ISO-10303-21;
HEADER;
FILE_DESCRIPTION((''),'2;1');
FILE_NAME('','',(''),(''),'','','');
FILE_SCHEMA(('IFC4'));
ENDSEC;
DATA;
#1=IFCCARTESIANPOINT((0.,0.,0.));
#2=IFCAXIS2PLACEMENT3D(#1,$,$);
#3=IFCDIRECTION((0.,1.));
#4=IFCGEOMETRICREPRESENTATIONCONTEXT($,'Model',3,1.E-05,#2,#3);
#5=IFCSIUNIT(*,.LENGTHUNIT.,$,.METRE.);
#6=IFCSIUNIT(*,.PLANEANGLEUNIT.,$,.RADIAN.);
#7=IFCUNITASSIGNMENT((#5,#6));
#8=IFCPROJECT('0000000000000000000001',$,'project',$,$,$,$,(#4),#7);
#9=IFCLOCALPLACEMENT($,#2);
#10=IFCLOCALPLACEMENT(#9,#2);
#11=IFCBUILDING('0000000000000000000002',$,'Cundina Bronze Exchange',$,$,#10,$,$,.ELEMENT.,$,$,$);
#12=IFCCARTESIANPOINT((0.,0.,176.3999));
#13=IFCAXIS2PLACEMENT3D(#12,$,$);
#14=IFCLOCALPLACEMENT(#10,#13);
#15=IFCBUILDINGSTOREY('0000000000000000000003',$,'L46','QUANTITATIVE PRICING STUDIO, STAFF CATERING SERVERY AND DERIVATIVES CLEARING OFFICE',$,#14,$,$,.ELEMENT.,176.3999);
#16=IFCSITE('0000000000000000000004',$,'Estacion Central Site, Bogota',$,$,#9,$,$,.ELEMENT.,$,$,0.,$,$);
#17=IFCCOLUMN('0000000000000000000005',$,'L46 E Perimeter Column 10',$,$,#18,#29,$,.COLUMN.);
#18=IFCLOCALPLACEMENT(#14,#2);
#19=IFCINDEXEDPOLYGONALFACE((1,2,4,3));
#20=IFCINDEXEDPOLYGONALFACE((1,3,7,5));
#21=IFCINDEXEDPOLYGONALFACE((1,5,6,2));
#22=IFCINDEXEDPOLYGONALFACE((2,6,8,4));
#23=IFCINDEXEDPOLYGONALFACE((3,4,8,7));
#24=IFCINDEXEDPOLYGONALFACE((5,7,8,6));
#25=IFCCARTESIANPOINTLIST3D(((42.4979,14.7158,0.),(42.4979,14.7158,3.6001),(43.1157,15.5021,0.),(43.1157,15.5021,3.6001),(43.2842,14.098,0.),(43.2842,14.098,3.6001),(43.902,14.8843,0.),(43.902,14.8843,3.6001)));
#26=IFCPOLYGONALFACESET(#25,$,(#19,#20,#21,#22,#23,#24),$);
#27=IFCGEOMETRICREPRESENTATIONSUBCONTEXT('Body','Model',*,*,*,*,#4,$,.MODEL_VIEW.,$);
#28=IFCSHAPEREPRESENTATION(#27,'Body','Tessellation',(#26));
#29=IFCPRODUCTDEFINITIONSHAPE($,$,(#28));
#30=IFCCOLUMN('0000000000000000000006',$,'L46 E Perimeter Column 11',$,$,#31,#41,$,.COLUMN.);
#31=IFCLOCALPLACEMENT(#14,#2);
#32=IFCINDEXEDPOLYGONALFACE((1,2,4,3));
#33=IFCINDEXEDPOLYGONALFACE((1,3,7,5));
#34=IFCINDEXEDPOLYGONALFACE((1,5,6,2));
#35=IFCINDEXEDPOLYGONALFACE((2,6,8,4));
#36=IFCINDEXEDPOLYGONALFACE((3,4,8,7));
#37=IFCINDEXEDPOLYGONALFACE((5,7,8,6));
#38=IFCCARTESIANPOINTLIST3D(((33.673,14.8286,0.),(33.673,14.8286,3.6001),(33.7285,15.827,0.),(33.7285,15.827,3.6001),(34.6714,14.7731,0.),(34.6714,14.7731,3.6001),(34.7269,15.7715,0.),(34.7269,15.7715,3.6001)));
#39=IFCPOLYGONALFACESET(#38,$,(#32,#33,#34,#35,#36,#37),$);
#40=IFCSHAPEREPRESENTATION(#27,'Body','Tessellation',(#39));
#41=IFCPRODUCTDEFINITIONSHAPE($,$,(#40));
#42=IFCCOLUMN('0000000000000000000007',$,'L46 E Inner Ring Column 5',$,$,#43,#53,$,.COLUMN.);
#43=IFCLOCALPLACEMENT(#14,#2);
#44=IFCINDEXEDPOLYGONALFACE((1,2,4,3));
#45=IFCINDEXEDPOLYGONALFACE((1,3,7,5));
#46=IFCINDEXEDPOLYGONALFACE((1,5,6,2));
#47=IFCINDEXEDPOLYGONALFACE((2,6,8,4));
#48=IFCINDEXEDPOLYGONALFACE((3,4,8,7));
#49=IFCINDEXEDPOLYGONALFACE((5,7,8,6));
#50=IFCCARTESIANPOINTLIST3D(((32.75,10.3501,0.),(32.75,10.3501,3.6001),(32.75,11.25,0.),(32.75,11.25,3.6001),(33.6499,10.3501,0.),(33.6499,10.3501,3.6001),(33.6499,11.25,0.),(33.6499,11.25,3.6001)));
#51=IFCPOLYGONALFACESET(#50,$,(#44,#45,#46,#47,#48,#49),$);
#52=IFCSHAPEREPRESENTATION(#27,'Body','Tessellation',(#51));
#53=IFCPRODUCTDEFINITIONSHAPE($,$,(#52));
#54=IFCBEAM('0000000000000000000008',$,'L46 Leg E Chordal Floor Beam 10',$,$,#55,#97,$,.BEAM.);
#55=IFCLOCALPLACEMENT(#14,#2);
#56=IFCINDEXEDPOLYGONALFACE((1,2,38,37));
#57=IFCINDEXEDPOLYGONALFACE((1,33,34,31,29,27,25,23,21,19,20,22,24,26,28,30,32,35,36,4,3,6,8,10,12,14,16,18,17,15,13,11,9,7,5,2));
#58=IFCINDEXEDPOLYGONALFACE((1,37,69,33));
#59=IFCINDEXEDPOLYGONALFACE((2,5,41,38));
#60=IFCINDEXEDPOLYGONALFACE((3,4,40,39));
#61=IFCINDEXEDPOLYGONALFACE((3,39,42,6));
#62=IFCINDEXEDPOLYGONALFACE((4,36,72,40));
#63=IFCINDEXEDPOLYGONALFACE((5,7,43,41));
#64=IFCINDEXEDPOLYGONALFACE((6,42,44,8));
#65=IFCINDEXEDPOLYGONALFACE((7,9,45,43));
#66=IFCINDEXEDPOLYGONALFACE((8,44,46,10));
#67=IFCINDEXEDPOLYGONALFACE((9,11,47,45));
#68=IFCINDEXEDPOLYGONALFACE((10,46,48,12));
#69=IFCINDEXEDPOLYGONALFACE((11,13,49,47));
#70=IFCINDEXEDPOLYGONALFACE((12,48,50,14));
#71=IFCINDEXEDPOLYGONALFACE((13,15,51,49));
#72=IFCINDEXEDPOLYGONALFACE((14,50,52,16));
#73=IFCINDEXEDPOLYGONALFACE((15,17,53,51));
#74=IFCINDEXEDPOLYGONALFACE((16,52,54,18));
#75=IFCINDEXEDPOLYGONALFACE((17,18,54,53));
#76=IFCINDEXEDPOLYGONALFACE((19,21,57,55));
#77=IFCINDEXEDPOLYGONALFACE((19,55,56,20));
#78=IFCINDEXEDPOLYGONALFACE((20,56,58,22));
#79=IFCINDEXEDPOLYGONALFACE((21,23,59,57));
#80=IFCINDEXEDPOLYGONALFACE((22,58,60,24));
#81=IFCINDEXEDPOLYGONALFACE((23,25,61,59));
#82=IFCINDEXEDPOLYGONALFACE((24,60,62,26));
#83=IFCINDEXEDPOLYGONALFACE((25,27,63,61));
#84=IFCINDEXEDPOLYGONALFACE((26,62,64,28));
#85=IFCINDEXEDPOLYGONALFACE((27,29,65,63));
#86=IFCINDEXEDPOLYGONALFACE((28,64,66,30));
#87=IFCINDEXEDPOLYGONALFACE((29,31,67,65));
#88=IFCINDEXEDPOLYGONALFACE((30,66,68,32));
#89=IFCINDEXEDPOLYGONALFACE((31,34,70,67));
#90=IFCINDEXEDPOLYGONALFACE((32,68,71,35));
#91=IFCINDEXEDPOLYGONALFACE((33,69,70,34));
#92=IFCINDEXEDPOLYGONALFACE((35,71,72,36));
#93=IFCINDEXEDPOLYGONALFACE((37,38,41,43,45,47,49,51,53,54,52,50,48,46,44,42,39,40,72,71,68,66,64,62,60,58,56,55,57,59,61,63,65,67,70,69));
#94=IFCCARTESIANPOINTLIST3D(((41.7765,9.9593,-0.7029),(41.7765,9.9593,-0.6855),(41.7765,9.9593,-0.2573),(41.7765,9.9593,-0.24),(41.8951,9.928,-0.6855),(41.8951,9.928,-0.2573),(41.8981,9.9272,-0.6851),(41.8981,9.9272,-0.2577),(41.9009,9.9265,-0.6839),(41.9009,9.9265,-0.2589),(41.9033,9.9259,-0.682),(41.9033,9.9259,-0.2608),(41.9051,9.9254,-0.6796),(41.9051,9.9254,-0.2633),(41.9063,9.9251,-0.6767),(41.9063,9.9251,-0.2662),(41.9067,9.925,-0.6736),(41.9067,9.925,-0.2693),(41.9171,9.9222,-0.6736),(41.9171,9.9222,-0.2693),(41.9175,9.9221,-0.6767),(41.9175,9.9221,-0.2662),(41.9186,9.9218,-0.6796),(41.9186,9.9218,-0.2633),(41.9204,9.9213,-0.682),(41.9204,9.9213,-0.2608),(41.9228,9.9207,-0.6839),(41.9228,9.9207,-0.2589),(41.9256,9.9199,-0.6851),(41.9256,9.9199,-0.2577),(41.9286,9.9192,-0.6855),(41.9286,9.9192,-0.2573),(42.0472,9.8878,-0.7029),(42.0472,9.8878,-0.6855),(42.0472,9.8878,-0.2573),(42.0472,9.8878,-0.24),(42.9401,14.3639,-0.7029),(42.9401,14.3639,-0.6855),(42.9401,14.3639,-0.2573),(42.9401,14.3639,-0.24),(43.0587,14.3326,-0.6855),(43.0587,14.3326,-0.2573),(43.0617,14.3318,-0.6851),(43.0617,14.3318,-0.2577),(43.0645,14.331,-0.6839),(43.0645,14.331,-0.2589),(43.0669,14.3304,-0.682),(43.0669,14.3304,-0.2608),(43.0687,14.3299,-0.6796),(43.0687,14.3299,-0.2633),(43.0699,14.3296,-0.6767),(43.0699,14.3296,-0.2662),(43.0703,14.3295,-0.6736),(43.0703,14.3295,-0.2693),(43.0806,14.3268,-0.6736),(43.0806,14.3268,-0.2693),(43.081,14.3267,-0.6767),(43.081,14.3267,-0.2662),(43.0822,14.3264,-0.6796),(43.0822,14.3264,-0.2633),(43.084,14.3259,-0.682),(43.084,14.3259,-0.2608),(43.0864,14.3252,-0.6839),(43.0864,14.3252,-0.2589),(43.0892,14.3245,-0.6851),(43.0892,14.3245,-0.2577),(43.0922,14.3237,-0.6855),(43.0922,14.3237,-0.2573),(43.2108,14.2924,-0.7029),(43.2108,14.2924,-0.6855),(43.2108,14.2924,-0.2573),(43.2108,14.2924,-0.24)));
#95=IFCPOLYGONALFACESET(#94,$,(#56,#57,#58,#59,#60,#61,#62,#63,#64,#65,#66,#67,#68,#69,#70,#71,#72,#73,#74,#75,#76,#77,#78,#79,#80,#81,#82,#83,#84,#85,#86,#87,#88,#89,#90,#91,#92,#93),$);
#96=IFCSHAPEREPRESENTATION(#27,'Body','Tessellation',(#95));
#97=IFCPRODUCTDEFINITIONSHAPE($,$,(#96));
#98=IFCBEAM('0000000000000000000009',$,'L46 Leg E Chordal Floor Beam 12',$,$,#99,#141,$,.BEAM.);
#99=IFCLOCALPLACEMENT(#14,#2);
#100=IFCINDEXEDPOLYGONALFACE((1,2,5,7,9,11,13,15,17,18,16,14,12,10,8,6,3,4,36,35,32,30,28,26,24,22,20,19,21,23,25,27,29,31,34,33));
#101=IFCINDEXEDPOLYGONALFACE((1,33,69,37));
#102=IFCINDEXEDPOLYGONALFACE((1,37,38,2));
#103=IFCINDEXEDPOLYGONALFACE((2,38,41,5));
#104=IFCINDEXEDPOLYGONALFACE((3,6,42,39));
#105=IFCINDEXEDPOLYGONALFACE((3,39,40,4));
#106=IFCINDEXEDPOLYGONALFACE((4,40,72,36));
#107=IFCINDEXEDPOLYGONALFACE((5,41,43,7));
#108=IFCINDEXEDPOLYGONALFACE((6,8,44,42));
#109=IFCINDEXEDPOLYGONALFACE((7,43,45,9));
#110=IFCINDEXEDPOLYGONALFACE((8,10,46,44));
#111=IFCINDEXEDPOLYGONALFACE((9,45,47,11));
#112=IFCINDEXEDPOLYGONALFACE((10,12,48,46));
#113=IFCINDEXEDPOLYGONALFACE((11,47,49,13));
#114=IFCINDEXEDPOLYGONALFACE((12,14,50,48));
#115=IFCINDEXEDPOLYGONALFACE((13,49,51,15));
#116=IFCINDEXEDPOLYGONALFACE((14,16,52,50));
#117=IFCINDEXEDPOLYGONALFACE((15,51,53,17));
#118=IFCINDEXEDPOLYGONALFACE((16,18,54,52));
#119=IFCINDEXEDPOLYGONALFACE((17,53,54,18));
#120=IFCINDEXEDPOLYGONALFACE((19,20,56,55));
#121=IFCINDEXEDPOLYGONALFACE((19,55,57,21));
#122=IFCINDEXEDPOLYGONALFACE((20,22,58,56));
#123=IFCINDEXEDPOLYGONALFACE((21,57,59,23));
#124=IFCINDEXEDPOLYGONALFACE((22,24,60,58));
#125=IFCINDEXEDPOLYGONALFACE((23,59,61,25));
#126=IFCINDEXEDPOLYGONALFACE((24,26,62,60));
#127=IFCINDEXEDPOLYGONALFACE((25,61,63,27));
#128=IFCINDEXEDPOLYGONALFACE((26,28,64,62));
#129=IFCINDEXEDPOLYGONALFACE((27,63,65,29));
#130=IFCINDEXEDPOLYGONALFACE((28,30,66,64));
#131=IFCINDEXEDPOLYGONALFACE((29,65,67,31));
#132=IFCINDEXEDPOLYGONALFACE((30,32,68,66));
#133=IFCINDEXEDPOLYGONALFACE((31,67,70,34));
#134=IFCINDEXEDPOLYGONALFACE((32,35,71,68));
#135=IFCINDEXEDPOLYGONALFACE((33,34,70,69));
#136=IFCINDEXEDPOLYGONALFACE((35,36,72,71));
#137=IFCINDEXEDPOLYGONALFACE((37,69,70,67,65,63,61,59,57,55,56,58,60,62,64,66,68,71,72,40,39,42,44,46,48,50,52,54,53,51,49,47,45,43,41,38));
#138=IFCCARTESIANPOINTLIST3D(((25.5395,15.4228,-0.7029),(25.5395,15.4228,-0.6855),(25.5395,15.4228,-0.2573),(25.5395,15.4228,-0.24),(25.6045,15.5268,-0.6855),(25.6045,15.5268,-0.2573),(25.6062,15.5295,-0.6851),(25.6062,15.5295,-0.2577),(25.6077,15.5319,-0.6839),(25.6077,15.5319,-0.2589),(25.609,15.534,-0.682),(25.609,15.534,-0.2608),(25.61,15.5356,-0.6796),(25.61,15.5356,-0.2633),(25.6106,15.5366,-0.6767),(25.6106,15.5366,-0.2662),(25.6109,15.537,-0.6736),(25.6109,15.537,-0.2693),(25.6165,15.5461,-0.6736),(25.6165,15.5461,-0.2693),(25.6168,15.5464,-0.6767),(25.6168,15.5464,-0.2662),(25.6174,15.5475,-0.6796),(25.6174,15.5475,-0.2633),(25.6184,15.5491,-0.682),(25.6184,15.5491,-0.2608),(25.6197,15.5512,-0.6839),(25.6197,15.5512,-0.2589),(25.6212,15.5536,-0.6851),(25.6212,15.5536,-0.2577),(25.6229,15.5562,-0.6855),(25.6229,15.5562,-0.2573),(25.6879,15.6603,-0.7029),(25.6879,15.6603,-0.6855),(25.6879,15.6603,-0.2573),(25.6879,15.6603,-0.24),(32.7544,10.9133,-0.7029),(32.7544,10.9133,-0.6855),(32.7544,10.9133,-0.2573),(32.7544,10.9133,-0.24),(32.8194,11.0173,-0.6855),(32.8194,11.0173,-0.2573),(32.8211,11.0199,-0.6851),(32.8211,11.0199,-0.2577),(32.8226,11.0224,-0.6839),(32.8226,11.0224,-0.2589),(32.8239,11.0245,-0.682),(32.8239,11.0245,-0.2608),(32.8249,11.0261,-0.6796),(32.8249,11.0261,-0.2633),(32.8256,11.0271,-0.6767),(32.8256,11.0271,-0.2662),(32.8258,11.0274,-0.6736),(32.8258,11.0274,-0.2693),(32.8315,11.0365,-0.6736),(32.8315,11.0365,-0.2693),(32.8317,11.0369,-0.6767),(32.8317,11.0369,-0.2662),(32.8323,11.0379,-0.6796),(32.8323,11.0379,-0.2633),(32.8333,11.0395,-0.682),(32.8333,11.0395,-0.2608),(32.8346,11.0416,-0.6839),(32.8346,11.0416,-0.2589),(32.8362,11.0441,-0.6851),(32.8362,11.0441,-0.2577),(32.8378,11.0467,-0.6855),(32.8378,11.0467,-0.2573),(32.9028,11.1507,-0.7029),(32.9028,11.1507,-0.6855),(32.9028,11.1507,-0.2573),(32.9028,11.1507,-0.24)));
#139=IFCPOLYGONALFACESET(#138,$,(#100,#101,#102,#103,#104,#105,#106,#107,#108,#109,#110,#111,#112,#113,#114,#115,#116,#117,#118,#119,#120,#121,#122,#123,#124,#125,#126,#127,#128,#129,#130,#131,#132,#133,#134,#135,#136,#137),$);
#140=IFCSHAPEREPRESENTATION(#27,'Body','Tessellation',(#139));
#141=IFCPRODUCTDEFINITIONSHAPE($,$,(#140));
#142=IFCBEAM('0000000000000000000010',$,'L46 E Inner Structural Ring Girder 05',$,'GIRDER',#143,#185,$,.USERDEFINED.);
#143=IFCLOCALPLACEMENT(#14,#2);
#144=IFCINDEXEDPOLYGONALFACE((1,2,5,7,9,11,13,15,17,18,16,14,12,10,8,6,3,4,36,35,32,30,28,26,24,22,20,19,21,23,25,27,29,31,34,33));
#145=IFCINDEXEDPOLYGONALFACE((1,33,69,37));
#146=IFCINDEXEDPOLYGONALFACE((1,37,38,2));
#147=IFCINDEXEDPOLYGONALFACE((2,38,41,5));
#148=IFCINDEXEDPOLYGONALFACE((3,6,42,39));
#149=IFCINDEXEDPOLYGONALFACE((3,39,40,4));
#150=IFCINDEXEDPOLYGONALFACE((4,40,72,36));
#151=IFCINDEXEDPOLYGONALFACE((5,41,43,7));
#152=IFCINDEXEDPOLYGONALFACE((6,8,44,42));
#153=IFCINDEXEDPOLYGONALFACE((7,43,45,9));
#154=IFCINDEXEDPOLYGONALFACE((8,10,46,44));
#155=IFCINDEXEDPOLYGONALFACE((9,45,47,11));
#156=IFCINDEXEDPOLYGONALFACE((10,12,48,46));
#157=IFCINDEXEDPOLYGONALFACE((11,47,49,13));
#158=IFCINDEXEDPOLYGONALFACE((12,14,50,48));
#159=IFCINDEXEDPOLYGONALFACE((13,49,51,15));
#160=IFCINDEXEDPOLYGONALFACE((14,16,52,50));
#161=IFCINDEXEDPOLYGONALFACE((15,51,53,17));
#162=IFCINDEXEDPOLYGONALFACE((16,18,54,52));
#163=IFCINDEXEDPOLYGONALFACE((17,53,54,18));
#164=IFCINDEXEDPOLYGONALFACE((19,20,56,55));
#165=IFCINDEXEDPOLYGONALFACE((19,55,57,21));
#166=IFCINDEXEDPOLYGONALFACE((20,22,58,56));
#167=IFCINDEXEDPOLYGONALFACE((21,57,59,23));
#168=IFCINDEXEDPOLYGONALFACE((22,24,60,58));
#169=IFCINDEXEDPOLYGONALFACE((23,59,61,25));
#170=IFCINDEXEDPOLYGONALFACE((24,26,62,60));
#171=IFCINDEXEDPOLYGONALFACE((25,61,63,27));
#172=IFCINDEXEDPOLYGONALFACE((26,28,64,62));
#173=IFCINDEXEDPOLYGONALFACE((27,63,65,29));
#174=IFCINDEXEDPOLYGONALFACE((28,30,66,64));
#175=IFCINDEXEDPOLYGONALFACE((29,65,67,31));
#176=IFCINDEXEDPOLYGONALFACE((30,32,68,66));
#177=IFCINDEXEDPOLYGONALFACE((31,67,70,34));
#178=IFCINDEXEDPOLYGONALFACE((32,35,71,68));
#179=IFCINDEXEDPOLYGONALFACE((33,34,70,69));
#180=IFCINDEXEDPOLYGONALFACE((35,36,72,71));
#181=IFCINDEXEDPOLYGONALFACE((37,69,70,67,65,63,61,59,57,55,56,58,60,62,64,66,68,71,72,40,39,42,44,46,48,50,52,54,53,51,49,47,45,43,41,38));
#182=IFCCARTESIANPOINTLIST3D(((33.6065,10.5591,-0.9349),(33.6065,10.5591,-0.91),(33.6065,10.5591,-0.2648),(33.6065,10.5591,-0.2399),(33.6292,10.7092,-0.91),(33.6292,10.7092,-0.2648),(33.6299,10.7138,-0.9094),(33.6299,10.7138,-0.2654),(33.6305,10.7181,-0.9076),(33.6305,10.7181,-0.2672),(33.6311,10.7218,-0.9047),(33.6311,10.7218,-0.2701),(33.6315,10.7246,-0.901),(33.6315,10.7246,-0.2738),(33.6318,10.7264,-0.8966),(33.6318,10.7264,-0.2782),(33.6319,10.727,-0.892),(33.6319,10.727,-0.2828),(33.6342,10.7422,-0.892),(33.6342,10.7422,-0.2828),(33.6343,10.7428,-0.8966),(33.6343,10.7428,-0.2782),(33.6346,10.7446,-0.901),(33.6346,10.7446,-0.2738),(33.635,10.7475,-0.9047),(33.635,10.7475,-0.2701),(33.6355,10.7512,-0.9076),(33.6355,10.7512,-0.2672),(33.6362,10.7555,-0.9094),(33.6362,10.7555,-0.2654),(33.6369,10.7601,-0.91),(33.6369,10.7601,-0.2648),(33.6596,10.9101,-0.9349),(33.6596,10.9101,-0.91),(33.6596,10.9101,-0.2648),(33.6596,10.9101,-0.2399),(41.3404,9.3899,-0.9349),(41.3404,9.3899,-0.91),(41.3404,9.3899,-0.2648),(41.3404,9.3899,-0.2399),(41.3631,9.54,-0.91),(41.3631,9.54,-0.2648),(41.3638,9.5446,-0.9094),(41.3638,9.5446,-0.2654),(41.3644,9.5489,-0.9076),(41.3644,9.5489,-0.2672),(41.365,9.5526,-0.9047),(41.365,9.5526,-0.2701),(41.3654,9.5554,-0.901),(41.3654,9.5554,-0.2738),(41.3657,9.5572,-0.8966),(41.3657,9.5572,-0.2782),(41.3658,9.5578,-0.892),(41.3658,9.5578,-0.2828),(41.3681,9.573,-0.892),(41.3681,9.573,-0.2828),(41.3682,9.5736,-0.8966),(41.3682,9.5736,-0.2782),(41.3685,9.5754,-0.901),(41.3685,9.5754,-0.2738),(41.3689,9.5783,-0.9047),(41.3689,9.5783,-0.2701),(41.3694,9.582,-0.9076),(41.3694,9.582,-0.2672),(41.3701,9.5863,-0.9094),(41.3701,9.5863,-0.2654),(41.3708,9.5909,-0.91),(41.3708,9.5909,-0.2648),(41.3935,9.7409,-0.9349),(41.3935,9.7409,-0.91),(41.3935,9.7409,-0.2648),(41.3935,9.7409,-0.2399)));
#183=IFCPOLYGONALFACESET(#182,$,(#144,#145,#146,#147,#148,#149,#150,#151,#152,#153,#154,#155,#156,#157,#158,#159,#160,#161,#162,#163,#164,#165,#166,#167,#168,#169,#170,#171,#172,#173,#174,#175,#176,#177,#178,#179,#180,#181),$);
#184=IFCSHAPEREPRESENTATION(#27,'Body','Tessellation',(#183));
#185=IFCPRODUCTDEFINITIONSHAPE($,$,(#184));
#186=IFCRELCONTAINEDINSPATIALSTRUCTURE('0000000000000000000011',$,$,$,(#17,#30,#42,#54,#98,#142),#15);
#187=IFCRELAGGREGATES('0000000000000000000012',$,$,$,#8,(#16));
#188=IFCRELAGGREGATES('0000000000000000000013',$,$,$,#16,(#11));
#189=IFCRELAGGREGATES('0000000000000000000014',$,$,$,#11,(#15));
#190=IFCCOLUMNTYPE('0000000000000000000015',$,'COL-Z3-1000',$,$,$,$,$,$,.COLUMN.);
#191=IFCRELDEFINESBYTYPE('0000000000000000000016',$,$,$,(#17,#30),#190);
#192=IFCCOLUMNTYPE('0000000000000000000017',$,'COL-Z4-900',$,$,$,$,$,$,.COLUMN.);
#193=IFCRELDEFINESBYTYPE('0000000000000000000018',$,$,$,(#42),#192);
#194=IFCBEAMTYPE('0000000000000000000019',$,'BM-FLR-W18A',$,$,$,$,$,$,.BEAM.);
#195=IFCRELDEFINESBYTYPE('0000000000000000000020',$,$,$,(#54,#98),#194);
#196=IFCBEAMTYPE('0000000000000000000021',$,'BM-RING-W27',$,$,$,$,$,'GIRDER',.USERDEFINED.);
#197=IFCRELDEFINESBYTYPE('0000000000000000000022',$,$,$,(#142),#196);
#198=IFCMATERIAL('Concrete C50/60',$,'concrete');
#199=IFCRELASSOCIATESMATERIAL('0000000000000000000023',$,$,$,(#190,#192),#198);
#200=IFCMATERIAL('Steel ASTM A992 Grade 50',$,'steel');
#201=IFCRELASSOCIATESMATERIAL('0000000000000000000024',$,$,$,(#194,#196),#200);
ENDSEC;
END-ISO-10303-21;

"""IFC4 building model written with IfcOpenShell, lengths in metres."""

from ifc_helpers import new_model, si_unit, direction, frame, origin, origin_2d, place, context, subcontext, project, spatial, rectangle, i_section, extrude, material, material_profile, profile_set, type_object, element, save


model = new_model("IFC4")

# Units and contexts
model_context = context("Model", 3, precision=1e-05, world=origin(), true_north=direction((0.0, 1.0)))
body_context = subcontext(model_context, "Body", "Model", "MODEL_VIEW")
ifc_project = project(units=[si_unit("LENGTHUNIT", "METRE"), si_unit("PLANEANGLEUNIT", "RADIAN")], contexts=[model_context])

# Site, building, storey
site_placement = place(None, origin())
site = spatial("IfcSite", under=ifc_project, at=site_placement, Name="Estacion Central Site, Bogota", CompositionType="ELEMENT", RefElevation=0.0)
building_placement = place(site_placement, origin())
building = spatial("IfcBuilding", under=site, at=building_placement, Name="Cundina Bronze Exchange", CompositionType="ELEMENT")
storey_placement = place(building_placement, frame((0.0, 0.0, 176.3999)))
storey = spatial("IfcBuildingStorey", under=building, at=storey_placement, Name="L46", Description="QUANTITATIVE PRICING STUDIO, STAFF CATERING SERVERY AND DERIVATIVES CLEARING OFFICE", CompositionType="ELEMENT", Elevation=176.3999)

# Columns
ifc_material_1 = material(Name="Concrete C50/60", Category="concrete")
ifc_material_profile_1 = material_profile(ifc_material_1, rectangle(XDim=1.0, YDim=1.0, at=origin_2d()), Name="RC1000X1000", Category="concrete")
ifc_profile_set_1 = profile_set([ifc_material_profile_1], Name="Concrete C50/60")
column_type_1 = type_object("IfcColumnType", Name="COL-Z3-1000", PredefinedType="COLUMN", material=ifc_profile_set_1)
for number, where, z_axis, x_axis, name in (
    (1, (43.2, 14.8, 0.0), (0.0, 0.0, 1.0), (-0.786288, 0.61786, 0.0), "L46 E Perimeter Column 10"),
    (2, (34.2, 15.3, 0.0), (0.0, 0.0, 1.0), (-0.99846, 0.055473, 0.0), "L46 E Perimeter Column 11"),
):
    element("IfcColumn", number, at=place(storey_placement, frame(where, z_axis=z_axis, x_axis=x_axis)), inside=storey, type_object=column_type_1, Name=name, PredefinedType="COLUMN", context=body_context, shape_type="SweptSolid", body=[
        extrude(rectangle(XDim=1.0, YDim=1.0, at=origin_2d()), origin(), (0.0, 0.0, 1.0), 3.6001),
    ])
ifc_material_profile_2 = material_profile(ifc_material_1, rectangle(XDim=0.8999, YDim=0.8999, at=origin_2d()), Name="RC900X900", Category="concrete")
ifc_profile_set_2 = profile_set([ifc_material_profile_2], Name="Concrete C50/60")
column_type_2 = type_object("IfcColumnType", Name="COL-Z4-900", PredefinedType="COLUMN", material=ifc_profile_set_2)
column_placement = place(storey_placement, frame((33.2, 10.8, 0.0), z_axis=(0.0, 0.0, 1.0), x_axis=(1.0, 0.0, 0.0)))
element("IfcColumn", 3, at=column_placement, inside=storey, type_object=column_type_2, Name="L46 E Inner Ring Column 5", PredefinedType="COLUMN", context=body_context, shape_type="SweptSolid", body=[
    extrude(rectangle(XDim=0.8999, YDim=0.8999, at=origin_2d()), origin(), (0.0, 0.0, 1.0), 3.6001),
])

# Beams
ifc_material_2 = material(Name="Steel ASTM A992 Grade 50", Category="steel")
ifc_material_profile_3 = material_profile(ifc_material_2, i_section(OverallWidth=0.28, OverallDepth=0.4629, WebThickness=0.0107, FlangeThickness=0.0173, FilletRadius=0.012, at=origin_2d()), Name="W18X76", Category="steel")
ifc_profile_set_3 = profile_set([ifc_material_profile_3], Name="Steel ASTM A992 Grade 50")
beam_type_1 = type_object("IfcBeamType", Name="BM-FLR-W18A", PredefinedType="BEAM", material=ifc_profile_set_3)
beam_1_placement = place(storey_placement, frame((41.9119, 9.9236, -0.4714), z_axis=(0.255414, 0.966832, 0.0), x_axis=(-0.966832, 0.255414, 0.0)))
element("IfcBeam", 4, at=beam_1_placement, inside=storey, type_object=beam_type_1, Name="L46 Leg E Chordal Floor Beam 10", PredefinedType="BEAM", context=body_context, shape_type="SweptSolid", body=[
    extrude(i_section(OverallWidth=0.28, OverallDepth=0.4629, WebThickness=0.0107, FlangeThickness=0.0173, FilletRadius=0.012, at=origin_2d()), origin(), (0.0, 0.0, 1.0), 4.5557),
])
beam_2_placement = place(storey_placement, frame((32.8286, 11.032, -0.4714), z_axis=(-0.847985, 0.53002, 0.0), x_axis=(-0.53002, -0.847985, 0.0)))
element("IfcBeam", 5, at=beam_2_placement, inside=storey, type_object=beam_type_1, Name="L46 Leg E Chordal Floor Beam 12", PredefinedType="BEAM", context=body_context, shape_type="SweptSolid", body=[
    extrude(i_section(OverallWidth=0.28, OverallDepth=0.4629, WebThickness=0.0107, FlangeThickness=0.0173, FilletRadius=0.012, at=origin_2d()), origin(), (0.0, 0.0, 1.0), 8.5083),
])
ifc_material_profile_4 = material_profile(ifc_material_2, i_section(OverallWidth=0.355, OverallDepth=0.6951, WebThickness=0.0154, FlangeThickness=0.0249, FilletRadius=0.0181, at=origin_2d()), Name="W27X146", Category="steel")
ifc_profile_set_4 = profile_set([ifc_material_profile_4], Name="Steel ASTM A992 Grade 50")
beam_type_2 = type_object("IfcBeamType", Name="BM-RING-W27", ElementType="GIRDER", PredefinedType="USERDEFINED", material=ifc_profile_set_4)
beam_3_placement = place(storey_placement, frame((41.3669, 9.5654, -0.5874), z_axis=(-0.988765, 0.149479, 0.0), x_axis=(-0.149479, -0.988765, 0.0)))
element("IfcBeam", 6, at=beam_3_placement, inside=storey, type_object=beam_type_2, Name="L46 E Inner Structural Ring Girder 05", ObjectType="GIRDER", PredefinedType="USERDEFINED", context=body_context, shape_type="SweptSolid", body=[
    extrude(i_section(OverallWidth=0.355, OverallDepth=0.6951, WebThickness=0.0154, FlangeThickness=0.0249, FilletRadius=0.0181, at=origin_2d()), origin(), (0.0, 0.0, 1.0), 7.8218),
])

save(model, "model.ifc")
